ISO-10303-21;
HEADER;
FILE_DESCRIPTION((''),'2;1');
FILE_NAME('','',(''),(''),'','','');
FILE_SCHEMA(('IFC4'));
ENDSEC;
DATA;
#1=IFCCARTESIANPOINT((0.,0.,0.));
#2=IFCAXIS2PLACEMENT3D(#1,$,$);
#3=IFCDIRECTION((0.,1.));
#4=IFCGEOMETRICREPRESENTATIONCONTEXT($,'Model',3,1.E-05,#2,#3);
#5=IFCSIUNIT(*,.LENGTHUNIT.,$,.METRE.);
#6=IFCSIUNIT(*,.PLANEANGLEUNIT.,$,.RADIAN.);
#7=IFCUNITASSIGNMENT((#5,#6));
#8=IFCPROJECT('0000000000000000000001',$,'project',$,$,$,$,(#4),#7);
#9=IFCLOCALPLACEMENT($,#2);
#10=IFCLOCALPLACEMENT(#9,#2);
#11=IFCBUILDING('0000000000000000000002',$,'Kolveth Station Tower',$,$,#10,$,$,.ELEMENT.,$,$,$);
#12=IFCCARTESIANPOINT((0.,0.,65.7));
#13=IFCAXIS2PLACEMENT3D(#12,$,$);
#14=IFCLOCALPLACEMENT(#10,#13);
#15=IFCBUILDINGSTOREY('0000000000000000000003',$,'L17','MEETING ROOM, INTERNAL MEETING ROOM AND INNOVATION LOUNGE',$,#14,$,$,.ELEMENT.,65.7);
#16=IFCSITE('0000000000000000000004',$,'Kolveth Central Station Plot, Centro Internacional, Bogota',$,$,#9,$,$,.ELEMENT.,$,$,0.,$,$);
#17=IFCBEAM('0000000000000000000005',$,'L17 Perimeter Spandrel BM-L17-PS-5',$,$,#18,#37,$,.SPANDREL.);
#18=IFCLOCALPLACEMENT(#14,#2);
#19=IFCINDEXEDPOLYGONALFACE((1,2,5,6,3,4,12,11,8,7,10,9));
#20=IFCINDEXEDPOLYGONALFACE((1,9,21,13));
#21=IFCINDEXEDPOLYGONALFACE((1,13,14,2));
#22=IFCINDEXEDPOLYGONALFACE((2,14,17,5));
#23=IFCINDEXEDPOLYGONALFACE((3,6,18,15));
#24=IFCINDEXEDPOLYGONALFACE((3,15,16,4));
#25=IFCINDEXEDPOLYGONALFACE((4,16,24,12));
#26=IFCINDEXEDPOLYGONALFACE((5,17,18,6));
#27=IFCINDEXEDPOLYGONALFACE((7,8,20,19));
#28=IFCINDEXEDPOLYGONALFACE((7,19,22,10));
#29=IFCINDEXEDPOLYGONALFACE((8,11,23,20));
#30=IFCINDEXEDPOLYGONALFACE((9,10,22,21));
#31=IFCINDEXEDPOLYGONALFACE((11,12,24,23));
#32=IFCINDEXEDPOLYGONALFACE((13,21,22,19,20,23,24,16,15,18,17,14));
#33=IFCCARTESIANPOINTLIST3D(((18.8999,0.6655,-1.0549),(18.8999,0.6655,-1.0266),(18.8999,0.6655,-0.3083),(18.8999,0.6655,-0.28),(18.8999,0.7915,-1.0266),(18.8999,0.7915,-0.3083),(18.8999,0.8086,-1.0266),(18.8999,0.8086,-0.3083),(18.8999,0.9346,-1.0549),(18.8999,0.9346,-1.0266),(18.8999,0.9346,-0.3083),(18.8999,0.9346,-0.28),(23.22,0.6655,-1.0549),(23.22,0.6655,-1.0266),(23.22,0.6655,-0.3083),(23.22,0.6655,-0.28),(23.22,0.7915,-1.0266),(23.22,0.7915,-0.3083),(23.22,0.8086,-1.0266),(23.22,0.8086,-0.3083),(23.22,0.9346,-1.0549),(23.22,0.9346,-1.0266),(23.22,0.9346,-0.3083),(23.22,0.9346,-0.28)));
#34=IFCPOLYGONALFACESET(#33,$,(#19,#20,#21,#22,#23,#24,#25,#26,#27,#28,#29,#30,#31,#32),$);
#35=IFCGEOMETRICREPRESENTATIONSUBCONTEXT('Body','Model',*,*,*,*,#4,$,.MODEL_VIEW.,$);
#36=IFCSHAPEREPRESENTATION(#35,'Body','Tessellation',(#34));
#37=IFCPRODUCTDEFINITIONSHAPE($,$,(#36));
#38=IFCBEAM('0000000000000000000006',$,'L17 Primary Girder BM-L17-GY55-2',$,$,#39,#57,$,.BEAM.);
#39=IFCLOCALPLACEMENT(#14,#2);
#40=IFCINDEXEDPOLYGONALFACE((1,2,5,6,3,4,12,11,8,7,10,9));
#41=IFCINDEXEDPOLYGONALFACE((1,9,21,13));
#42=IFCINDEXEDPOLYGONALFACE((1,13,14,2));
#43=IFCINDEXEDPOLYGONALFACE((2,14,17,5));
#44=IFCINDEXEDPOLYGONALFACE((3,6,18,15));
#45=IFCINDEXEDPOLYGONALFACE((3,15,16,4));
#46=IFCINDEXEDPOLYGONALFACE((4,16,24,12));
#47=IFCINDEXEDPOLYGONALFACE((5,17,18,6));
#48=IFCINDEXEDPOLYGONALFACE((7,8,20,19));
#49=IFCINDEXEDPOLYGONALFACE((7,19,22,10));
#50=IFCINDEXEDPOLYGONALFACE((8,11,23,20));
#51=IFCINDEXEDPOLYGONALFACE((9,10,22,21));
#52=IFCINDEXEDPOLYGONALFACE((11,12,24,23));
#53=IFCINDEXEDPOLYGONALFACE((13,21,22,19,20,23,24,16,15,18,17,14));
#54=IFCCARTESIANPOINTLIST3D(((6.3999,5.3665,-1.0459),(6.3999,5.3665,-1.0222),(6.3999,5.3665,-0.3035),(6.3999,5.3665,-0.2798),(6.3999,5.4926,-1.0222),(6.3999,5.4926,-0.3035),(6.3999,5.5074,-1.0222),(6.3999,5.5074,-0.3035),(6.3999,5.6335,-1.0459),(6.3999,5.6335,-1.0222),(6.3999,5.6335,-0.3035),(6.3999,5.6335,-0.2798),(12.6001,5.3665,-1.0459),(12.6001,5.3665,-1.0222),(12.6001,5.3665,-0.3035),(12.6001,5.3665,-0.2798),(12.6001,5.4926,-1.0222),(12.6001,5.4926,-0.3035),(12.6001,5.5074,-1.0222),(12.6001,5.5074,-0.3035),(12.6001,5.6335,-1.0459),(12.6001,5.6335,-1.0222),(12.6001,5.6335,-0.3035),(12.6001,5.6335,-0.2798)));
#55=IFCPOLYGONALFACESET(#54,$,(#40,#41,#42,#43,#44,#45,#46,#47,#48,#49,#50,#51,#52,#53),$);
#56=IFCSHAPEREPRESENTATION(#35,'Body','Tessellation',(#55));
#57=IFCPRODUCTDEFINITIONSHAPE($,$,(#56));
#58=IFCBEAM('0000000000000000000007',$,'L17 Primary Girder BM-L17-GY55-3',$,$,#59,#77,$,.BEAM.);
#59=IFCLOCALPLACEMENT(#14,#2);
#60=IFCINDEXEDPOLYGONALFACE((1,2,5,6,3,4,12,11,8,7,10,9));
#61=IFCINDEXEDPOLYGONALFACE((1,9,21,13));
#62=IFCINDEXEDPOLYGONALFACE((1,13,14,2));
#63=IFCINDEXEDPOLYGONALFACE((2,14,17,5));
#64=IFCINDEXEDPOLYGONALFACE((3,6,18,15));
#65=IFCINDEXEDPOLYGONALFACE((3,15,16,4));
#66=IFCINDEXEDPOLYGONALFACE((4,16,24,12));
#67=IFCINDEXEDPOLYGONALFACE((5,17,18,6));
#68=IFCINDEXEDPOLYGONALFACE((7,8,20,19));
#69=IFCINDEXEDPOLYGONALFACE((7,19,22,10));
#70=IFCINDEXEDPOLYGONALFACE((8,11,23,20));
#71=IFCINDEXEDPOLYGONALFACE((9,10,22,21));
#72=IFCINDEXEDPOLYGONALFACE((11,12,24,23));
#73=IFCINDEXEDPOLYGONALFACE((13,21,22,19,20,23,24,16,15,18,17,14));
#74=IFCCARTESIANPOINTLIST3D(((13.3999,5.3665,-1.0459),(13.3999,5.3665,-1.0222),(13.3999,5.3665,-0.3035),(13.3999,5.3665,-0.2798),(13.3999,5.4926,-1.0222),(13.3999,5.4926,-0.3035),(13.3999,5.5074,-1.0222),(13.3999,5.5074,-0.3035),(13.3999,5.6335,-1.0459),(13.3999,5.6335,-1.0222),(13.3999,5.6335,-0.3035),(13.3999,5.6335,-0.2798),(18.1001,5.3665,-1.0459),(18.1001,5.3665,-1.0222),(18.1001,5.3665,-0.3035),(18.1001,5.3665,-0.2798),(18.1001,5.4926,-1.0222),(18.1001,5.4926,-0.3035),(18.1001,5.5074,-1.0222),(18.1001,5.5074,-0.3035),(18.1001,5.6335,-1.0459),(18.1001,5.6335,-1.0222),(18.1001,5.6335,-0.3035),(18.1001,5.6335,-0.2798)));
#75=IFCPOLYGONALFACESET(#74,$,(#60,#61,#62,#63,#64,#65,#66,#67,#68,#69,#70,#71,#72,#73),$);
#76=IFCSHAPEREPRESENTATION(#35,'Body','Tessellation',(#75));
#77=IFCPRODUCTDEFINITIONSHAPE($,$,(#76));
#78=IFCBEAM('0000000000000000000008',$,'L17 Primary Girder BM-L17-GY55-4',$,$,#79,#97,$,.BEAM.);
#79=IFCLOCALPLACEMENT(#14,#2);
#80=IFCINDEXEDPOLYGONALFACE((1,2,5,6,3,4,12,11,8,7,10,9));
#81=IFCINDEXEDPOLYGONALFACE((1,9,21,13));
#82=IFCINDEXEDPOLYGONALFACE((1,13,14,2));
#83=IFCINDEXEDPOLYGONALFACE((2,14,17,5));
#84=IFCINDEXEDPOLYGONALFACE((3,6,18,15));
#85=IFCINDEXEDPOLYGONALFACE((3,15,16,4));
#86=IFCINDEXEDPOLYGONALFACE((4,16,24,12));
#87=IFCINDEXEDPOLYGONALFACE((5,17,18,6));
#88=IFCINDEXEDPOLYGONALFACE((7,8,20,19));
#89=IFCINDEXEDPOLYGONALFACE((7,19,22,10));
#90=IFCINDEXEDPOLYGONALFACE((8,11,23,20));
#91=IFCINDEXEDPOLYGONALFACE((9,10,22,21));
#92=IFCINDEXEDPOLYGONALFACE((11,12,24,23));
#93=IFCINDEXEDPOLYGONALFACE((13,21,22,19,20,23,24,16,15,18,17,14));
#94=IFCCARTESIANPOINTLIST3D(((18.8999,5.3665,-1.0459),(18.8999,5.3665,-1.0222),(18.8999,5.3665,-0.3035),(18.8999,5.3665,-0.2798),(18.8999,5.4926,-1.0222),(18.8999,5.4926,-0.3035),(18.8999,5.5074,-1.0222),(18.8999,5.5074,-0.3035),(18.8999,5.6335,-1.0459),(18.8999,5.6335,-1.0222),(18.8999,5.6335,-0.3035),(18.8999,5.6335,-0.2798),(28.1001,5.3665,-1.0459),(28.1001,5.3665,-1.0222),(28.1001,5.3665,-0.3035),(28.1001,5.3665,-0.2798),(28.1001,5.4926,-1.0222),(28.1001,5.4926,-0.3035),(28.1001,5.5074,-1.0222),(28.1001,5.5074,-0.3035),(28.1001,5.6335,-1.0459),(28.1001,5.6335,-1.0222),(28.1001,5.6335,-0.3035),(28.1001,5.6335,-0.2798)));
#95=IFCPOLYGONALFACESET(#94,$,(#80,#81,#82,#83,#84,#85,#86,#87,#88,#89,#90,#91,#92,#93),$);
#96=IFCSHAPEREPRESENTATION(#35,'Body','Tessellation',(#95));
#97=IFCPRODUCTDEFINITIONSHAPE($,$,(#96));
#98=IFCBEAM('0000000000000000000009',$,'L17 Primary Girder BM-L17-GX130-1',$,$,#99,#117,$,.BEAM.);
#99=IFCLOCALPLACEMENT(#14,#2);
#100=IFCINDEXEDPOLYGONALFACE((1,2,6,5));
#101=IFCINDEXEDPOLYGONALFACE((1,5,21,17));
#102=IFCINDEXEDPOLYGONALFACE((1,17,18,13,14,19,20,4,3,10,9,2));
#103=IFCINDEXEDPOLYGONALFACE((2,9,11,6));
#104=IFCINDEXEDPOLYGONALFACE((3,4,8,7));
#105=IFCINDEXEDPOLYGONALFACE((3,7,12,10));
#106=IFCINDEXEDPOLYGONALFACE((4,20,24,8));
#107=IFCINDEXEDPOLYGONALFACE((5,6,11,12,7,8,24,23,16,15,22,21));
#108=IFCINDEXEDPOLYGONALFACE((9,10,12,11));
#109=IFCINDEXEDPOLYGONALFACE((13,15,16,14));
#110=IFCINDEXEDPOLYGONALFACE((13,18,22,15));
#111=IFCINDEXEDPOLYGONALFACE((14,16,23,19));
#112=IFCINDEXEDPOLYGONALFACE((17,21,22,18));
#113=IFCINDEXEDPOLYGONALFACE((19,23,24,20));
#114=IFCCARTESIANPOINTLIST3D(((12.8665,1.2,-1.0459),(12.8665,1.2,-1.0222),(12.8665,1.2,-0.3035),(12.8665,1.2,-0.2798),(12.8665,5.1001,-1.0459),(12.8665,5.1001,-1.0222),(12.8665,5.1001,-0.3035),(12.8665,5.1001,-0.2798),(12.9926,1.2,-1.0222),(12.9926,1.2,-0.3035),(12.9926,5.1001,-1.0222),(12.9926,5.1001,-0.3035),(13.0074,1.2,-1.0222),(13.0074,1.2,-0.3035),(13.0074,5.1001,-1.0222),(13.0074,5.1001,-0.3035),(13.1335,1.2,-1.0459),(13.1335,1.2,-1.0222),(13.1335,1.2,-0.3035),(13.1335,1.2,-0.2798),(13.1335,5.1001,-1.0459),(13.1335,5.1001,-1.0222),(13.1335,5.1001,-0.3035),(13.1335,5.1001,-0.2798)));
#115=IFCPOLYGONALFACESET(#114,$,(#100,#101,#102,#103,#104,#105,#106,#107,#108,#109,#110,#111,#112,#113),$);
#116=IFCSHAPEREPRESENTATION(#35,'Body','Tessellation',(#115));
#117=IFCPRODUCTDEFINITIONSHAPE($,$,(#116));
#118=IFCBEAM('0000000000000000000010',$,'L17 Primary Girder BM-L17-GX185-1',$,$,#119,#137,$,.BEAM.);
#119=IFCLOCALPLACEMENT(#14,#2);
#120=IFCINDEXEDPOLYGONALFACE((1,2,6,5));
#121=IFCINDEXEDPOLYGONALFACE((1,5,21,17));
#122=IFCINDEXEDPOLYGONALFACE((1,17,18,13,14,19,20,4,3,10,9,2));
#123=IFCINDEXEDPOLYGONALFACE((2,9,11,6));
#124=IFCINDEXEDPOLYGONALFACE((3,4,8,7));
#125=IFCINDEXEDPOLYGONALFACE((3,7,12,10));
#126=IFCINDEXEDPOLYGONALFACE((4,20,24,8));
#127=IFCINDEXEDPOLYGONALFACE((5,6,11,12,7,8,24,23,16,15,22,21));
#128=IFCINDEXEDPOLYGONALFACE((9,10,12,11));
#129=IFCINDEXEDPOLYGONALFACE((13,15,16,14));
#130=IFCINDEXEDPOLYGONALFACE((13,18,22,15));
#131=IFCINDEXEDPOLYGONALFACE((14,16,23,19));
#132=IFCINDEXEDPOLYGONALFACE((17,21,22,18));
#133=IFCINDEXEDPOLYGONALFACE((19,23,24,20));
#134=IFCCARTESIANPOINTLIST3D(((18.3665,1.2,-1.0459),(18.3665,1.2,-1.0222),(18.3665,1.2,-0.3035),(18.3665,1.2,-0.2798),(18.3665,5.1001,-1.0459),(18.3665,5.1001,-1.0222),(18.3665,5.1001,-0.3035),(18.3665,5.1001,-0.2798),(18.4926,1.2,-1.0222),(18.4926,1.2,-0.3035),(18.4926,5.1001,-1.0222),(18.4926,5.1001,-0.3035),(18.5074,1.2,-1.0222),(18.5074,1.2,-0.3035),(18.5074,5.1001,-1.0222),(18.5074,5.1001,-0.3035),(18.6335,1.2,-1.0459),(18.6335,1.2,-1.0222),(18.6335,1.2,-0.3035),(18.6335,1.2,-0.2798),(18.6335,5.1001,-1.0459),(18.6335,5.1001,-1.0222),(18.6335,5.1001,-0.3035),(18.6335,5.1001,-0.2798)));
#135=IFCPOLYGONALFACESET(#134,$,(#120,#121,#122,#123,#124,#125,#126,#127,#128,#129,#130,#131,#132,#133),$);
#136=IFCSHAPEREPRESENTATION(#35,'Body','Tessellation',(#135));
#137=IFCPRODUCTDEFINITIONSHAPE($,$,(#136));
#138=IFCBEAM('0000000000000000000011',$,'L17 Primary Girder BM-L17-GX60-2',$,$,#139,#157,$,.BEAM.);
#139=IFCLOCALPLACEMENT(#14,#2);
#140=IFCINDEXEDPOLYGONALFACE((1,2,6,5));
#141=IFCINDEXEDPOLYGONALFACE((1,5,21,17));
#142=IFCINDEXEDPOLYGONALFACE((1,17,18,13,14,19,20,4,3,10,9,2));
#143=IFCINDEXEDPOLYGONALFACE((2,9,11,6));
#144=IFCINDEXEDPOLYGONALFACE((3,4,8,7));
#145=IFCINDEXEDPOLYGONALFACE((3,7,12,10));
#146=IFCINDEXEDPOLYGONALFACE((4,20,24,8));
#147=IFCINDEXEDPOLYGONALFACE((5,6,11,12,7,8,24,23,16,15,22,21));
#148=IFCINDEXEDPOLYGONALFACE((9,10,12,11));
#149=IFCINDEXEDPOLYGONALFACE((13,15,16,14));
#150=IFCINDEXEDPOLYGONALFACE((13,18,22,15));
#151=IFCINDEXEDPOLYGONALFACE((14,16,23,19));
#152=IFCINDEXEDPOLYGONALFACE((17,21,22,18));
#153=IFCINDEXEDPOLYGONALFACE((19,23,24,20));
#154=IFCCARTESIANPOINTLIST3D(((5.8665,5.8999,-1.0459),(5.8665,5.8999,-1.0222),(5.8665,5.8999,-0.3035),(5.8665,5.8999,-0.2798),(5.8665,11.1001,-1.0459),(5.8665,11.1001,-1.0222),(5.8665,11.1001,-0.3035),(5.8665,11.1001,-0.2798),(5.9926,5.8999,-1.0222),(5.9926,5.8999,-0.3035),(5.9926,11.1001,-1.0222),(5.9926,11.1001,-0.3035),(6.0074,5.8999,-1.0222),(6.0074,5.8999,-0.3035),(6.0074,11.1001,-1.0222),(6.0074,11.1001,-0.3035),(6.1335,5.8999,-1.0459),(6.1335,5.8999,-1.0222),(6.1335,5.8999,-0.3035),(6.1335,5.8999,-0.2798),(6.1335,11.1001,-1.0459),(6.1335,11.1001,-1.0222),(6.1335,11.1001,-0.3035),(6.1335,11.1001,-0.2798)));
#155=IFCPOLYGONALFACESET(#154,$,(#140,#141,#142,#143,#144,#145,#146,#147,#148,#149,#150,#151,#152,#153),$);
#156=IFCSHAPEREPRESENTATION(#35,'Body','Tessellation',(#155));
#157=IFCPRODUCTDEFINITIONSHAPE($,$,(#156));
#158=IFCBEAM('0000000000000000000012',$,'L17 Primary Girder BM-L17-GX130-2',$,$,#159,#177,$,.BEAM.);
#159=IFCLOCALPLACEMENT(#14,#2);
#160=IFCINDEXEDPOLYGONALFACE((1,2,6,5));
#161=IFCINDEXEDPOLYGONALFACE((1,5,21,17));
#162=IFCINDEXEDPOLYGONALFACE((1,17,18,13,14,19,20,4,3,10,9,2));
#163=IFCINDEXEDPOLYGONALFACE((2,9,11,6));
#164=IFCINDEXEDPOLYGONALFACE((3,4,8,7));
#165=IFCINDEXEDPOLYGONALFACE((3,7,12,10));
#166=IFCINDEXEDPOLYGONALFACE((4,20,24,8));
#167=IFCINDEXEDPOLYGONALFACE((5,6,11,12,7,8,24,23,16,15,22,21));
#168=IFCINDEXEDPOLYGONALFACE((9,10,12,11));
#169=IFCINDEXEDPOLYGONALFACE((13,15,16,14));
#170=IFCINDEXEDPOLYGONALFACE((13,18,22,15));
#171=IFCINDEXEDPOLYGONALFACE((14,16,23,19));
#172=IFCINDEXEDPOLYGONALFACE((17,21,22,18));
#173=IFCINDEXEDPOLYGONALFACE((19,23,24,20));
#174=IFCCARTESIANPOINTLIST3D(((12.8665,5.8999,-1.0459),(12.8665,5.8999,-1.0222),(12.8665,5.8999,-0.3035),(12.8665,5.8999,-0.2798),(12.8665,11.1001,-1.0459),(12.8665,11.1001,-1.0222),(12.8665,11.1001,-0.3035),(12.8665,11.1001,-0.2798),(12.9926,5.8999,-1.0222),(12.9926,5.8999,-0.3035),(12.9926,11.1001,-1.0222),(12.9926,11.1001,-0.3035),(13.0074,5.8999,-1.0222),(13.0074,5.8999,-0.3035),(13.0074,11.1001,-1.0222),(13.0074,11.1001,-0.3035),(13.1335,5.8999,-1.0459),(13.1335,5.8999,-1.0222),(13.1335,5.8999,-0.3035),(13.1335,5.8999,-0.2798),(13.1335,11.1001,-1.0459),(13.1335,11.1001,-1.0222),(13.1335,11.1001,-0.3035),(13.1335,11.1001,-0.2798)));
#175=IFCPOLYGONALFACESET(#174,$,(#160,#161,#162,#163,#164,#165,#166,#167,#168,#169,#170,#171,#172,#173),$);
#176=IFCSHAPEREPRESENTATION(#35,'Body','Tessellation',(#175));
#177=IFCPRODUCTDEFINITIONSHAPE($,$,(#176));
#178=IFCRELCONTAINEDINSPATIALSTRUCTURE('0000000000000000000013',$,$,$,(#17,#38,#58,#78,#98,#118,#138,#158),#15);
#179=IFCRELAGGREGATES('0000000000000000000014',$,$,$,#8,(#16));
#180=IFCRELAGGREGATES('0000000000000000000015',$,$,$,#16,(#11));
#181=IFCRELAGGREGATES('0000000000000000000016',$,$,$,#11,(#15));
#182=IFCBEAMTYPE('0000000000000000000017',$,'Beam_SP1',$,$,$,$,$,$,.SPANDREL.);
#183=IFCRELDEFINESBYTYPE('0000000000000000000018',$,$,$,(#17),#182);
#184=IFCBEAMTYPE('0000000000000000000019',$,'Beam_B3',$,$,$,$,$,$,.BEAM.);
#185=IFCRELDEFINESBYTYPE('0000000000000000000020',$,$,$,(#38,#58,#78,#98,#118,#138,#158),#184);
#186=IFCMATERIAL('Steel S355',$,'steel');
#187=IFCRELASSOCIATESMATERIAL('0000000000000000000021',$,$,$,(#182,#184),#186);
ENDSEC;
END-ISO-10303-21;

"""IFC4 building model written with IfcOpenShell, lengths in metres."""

from ifc_helpers import new_model, si_unit, direction, frame, origin, origin_2d, place, context, subcontext, project, spatial, i_section, extrude, source, transform, mapped, material, material_profile, profile_set, type_object, element, save


model = new_model("IFC4")

# Units and contexts
model_context = context("Model", 3, precision=1e-05, world=origin(), true_north=direction((0.0, 1.0)))
body_context = subcontext(model_context, "Body", "Model", "MODEL_VIEW")
ifc_project = project(units=[si_unit("LENGTHUNIT", "METRE"), si_unit("PLANEANGLEUNIT", "RADIAN")], contexts=[model_context])

# Site, building, storey
site_placement = place(None, origin())
site = spatial("IfcSite", under=ifc_project, at=site_placement, Name="Kolveth Central Station Plot, Centro Internacional, Bogota", CompositionType="ELEMENT", RefElevation=0.0)
building_placement = place(site_placement, origin())
building = spatial("IfcBuilding", under=site, at=building_placement, Name="Kolveth Station Tower", CompositionType="ELEMENT")
storey_placement = place(building_placement, frame((0.0, 0.0, 65.7)))
storey = spatial("IfcBuildingStorey", under=building, at=storey_placement, Name="L17", Description="MEETING ROOM, INTERNAL MEETING ROOM AND INNOVATION LOUNGE", CompositionType="ELEMENT", Elevation=65.7)

# Shared definitions
ifc_material_1 = material(Name="Steel S355", Category="steel")

# Beams
ifc_material_profile_1 = material_profile(ifc_material_1, i_section(OverallWidth=0.269, OverallDepth=0.7749, WebThickness=0.0171, FlangeThickness=0.0283, at=origin_2d()), Name="W760x220")
ifc_profile_set_1 = profile_set([ifc_material_profile_1], Name="Steel S355")
beam_type_1 = type_object("IfcBeamType", Name="Beam_SP1", PredefinedType="SPANDREL", material=ifc_profile_set_1)
shared_shape_1 = source(origin(), body_context, "Body", "SweptSolid", [
    extrude(i_section(OverallWidth=0.269, OverallDepth=0.7749, WebThickness=0.0171, FlangeThickness=0.0283, at=origin_2d()), origin(), (0.0, 0.0, 1.0), 4.3201),
])
beam_1_placement = place(storey_placement, frame((18.8999, 0.8, -0.6675), z_axis=(1.0, 0.0, 0.0), x_axis=(0.0, 1.0, 0.0)))
element("IfcBeam", 1, at=beam_1_placement, inside=storey, type_object=beam_type_1, Name="L17 Perimeter Spandrel BM-L17-PS-5", PredefinedType="SPANDREL", context=body_context, shape_type="MappedRepresentation", body=[
    mapped(shared_shape_1, transform((0.0, 0.0, 0.0), x_axis=(1.0, 0.0, 0.0), y_axis=(0.0, 1.0, 0.0), z_axis=(0.0, 0.0, 1.0), scale=1.0)),
])
ifc_material_profile_2 = material_profile(ifc_material_1, i_section(OverallWidth=0.2671, OverallDepth=0.7661, WebThickness=0.0149, FlangeThickness=0.0237, at=origin_2d()), Name="W760x185")
ifc_profile_set_2 = profile_set([ifc_material_profile_2], Name="Steel S355")
beam_type_2 = type_object("IfcBeamType", Name="Beam_B3", PredefinedType="BEAM", material=ifc_profile_set_2)
shared_shape_2 = source(origin(), body_context, "Body", "SweptSolid", [
    extrude(i_section(OverallWidth=0.2671, OverallDepth=0.7661, WebThickness=0.0149, FlangeThickness=0.0237, at=origin_2d()), origin(), (0.0, 0.0, 1.0), 6.2002),
])
beam_2_placement = place(storey_placement, frame((6.3999, 5.5, -0.6628), z_axis=(1.0, 0.0, 0.0), x_axis=(0.0, 1.0, 0.0)))
element("IfcBeam", 2, at=beam_2_placement, inside=storey, type_object=beam_type_2, Name="L17 Primary Girder BM-L17-GY55-2", PredefinedType="BEAM", context=body_context, shape_type="MappedRepresentation", body=[
    mapped(shared_shape_2, transform((0.0, 0.0, 0.0), x_axis=(1.0, 0.0, 0.0), y_axis=(0.0, 1.0, 0.0), z_axis=(0.0, 0.0, 1.0), scale=1.0)),
])
shared_shape_3 = source(origin(), body_context, "Body", "SweptSolid", [
    extrude(i_section(OverallWidth=0.2671, OverallDepth=0.7661, WebThickness=0.0149, FlangeThickness=0.0237, at=origin_2d()), origin(), (0.0, 0.0, 1.0), 4.7002),
])
beam_3_placement = place(storey_placement, frame((13.3999, 5.5, -0.6628), z_axis=(1.0, 0.0, 0.0), x_axis=(0.0, 1.0, 0.0)))
element("IfcBeam", 3, at=beam_3_placement, inside=storey, type_object=beam_type_2, Name="L17 Primary Girder BM-L17-GY55-3", PredefinedType="BEAM", context=body_context, shape_type="MappedRepresentation", body=[
    mapped(shared_shape_3, transform((0.0, 0.0, 0.0), x_axis=(1.0, 0.0, 0.0), y_axis=(0.0, 1.0, 0.0), z_axis=(0.0, 0.0, 1.0), scale=1.0)),
])
shared_shape_4 = source(origin(), body_context, "Body", "SweptSolid", [
    extrude(i_section(OverallWidth=0.2671, OverallDepth=0.7661, WebThickness=0.0149, FlangeThickness=0.0237, at=origin_2d()), origin(), (0.0, 0.0, 1.0), 9.2002),
])
beam_4_placement = place(storey_placement, frame((18.8999, 5.5, -0.6628), z_axis=(1.0, 0.0, 0.0), x_axis=(0.0, 1.0, 0.0)))
element("IfcBeam", 4, at=beam_4_placement, inside=storey, type_object=beam_type_2, Name="L17 Primary Girder BM-L17-GY55-4", PredefinedType="BEAM", context=body_context, shape_type="MappedRepresentation", body=[
    mapped(shared_shape_4, transform((0.0, 0.0, 0.0), x_axis=(1.0, 0.0, 0.0), y_axis=(0.0, 1.0, 0.0), z_axis=(0.0, 0.0, 1.0), scale=1.0)),
])
shared_shape_5 = source(origin(), body_context, "Body", "SweptSolid", [
    extrude(i_section(OverallWidth=0.2671, OverallDepth=0.7661, WebThickness=0.0149, FlangeThickness=0.0237, at=origin_2d()), origin(), (0.0, 0.0, 1.0), 3.9001),
])
for number, where, z_axis, x_axis, name in (
    (5, (13.0, 1.2, -0.6628), (0.0, 1.0, 0.0), (-1.0, 0.0, 0.0), "L17 Primary Girder BM-L17-GX130-1"),
    (6, (18.5, 1.2, -0.6628), (0.0, 1.0, 0.0), (-1.0, 0.0, 0.0), "L17 Primary Girder BM-L17-GX185-1"),
):
    element("IfcBeam", number, at=place(storey_placement, frame(where, z_axis=z_axis, x_axis=x_axis)), inside=storey, type_object=beam_type_2, Name=name, PredefinedType="BEAM", context=body_context, shape_type="MappedRepresentation", body=[
        mapped(shared_shape_5, transform((0.0, 0.0, 0.0), x_axis=(1.0, 0.0, 0.0), y_axis=(0.0, 1.0, 0.0), z_axis=(0.0, 0.0, 1.0), scale=1.0)),
    ])
shared_shape_6 = source(origin(), body_context, "Body", "SweptSolid", [
    extrude(i_section(OverallWidth=0.2671, OverallDepth=0.7661, WebThickness=0.0149, FlangeThickness=0.0237, at=origin_2d()), origin(), (0.0, 0.0, 1.0), 5.2002),
])
for number, where, z_axis, x_axis, name in (
    (7, (6.0, 5.8999, -0.6628), (0.0, 1.0, 0.0), (-1.0, 0.0, 0.0), "L17 Primary Girder BM-L17-GX60-2"),
    (8, (13.0, 5.8999, -0.6628), (0.0, 1.0, 0.0), (-1.0, 0.0, 0.0), "L17 Primary Girder BM-L17-GX130-2"),
):
    element("IfcBeam", number, at=place(storey_placement, frame(where, z_axis=z_axis, x_axis=x_axis)), inside=storey, type_object=beam_type_2, Name=name, PredefinedType="BEAM", context=body_context, shape_type="MappedRepresentation", body=[
        mapped(shared_shape_6, transform((0.0, 0.0, 0.0), x_axis=(1.0, 0.0, 0.0), y_axis=(0.0, 1.0, 0.0), z_axis=(0.0, 0.0, 1.0), scale=1.0)),
    ])

save(model, "model.ifc")
